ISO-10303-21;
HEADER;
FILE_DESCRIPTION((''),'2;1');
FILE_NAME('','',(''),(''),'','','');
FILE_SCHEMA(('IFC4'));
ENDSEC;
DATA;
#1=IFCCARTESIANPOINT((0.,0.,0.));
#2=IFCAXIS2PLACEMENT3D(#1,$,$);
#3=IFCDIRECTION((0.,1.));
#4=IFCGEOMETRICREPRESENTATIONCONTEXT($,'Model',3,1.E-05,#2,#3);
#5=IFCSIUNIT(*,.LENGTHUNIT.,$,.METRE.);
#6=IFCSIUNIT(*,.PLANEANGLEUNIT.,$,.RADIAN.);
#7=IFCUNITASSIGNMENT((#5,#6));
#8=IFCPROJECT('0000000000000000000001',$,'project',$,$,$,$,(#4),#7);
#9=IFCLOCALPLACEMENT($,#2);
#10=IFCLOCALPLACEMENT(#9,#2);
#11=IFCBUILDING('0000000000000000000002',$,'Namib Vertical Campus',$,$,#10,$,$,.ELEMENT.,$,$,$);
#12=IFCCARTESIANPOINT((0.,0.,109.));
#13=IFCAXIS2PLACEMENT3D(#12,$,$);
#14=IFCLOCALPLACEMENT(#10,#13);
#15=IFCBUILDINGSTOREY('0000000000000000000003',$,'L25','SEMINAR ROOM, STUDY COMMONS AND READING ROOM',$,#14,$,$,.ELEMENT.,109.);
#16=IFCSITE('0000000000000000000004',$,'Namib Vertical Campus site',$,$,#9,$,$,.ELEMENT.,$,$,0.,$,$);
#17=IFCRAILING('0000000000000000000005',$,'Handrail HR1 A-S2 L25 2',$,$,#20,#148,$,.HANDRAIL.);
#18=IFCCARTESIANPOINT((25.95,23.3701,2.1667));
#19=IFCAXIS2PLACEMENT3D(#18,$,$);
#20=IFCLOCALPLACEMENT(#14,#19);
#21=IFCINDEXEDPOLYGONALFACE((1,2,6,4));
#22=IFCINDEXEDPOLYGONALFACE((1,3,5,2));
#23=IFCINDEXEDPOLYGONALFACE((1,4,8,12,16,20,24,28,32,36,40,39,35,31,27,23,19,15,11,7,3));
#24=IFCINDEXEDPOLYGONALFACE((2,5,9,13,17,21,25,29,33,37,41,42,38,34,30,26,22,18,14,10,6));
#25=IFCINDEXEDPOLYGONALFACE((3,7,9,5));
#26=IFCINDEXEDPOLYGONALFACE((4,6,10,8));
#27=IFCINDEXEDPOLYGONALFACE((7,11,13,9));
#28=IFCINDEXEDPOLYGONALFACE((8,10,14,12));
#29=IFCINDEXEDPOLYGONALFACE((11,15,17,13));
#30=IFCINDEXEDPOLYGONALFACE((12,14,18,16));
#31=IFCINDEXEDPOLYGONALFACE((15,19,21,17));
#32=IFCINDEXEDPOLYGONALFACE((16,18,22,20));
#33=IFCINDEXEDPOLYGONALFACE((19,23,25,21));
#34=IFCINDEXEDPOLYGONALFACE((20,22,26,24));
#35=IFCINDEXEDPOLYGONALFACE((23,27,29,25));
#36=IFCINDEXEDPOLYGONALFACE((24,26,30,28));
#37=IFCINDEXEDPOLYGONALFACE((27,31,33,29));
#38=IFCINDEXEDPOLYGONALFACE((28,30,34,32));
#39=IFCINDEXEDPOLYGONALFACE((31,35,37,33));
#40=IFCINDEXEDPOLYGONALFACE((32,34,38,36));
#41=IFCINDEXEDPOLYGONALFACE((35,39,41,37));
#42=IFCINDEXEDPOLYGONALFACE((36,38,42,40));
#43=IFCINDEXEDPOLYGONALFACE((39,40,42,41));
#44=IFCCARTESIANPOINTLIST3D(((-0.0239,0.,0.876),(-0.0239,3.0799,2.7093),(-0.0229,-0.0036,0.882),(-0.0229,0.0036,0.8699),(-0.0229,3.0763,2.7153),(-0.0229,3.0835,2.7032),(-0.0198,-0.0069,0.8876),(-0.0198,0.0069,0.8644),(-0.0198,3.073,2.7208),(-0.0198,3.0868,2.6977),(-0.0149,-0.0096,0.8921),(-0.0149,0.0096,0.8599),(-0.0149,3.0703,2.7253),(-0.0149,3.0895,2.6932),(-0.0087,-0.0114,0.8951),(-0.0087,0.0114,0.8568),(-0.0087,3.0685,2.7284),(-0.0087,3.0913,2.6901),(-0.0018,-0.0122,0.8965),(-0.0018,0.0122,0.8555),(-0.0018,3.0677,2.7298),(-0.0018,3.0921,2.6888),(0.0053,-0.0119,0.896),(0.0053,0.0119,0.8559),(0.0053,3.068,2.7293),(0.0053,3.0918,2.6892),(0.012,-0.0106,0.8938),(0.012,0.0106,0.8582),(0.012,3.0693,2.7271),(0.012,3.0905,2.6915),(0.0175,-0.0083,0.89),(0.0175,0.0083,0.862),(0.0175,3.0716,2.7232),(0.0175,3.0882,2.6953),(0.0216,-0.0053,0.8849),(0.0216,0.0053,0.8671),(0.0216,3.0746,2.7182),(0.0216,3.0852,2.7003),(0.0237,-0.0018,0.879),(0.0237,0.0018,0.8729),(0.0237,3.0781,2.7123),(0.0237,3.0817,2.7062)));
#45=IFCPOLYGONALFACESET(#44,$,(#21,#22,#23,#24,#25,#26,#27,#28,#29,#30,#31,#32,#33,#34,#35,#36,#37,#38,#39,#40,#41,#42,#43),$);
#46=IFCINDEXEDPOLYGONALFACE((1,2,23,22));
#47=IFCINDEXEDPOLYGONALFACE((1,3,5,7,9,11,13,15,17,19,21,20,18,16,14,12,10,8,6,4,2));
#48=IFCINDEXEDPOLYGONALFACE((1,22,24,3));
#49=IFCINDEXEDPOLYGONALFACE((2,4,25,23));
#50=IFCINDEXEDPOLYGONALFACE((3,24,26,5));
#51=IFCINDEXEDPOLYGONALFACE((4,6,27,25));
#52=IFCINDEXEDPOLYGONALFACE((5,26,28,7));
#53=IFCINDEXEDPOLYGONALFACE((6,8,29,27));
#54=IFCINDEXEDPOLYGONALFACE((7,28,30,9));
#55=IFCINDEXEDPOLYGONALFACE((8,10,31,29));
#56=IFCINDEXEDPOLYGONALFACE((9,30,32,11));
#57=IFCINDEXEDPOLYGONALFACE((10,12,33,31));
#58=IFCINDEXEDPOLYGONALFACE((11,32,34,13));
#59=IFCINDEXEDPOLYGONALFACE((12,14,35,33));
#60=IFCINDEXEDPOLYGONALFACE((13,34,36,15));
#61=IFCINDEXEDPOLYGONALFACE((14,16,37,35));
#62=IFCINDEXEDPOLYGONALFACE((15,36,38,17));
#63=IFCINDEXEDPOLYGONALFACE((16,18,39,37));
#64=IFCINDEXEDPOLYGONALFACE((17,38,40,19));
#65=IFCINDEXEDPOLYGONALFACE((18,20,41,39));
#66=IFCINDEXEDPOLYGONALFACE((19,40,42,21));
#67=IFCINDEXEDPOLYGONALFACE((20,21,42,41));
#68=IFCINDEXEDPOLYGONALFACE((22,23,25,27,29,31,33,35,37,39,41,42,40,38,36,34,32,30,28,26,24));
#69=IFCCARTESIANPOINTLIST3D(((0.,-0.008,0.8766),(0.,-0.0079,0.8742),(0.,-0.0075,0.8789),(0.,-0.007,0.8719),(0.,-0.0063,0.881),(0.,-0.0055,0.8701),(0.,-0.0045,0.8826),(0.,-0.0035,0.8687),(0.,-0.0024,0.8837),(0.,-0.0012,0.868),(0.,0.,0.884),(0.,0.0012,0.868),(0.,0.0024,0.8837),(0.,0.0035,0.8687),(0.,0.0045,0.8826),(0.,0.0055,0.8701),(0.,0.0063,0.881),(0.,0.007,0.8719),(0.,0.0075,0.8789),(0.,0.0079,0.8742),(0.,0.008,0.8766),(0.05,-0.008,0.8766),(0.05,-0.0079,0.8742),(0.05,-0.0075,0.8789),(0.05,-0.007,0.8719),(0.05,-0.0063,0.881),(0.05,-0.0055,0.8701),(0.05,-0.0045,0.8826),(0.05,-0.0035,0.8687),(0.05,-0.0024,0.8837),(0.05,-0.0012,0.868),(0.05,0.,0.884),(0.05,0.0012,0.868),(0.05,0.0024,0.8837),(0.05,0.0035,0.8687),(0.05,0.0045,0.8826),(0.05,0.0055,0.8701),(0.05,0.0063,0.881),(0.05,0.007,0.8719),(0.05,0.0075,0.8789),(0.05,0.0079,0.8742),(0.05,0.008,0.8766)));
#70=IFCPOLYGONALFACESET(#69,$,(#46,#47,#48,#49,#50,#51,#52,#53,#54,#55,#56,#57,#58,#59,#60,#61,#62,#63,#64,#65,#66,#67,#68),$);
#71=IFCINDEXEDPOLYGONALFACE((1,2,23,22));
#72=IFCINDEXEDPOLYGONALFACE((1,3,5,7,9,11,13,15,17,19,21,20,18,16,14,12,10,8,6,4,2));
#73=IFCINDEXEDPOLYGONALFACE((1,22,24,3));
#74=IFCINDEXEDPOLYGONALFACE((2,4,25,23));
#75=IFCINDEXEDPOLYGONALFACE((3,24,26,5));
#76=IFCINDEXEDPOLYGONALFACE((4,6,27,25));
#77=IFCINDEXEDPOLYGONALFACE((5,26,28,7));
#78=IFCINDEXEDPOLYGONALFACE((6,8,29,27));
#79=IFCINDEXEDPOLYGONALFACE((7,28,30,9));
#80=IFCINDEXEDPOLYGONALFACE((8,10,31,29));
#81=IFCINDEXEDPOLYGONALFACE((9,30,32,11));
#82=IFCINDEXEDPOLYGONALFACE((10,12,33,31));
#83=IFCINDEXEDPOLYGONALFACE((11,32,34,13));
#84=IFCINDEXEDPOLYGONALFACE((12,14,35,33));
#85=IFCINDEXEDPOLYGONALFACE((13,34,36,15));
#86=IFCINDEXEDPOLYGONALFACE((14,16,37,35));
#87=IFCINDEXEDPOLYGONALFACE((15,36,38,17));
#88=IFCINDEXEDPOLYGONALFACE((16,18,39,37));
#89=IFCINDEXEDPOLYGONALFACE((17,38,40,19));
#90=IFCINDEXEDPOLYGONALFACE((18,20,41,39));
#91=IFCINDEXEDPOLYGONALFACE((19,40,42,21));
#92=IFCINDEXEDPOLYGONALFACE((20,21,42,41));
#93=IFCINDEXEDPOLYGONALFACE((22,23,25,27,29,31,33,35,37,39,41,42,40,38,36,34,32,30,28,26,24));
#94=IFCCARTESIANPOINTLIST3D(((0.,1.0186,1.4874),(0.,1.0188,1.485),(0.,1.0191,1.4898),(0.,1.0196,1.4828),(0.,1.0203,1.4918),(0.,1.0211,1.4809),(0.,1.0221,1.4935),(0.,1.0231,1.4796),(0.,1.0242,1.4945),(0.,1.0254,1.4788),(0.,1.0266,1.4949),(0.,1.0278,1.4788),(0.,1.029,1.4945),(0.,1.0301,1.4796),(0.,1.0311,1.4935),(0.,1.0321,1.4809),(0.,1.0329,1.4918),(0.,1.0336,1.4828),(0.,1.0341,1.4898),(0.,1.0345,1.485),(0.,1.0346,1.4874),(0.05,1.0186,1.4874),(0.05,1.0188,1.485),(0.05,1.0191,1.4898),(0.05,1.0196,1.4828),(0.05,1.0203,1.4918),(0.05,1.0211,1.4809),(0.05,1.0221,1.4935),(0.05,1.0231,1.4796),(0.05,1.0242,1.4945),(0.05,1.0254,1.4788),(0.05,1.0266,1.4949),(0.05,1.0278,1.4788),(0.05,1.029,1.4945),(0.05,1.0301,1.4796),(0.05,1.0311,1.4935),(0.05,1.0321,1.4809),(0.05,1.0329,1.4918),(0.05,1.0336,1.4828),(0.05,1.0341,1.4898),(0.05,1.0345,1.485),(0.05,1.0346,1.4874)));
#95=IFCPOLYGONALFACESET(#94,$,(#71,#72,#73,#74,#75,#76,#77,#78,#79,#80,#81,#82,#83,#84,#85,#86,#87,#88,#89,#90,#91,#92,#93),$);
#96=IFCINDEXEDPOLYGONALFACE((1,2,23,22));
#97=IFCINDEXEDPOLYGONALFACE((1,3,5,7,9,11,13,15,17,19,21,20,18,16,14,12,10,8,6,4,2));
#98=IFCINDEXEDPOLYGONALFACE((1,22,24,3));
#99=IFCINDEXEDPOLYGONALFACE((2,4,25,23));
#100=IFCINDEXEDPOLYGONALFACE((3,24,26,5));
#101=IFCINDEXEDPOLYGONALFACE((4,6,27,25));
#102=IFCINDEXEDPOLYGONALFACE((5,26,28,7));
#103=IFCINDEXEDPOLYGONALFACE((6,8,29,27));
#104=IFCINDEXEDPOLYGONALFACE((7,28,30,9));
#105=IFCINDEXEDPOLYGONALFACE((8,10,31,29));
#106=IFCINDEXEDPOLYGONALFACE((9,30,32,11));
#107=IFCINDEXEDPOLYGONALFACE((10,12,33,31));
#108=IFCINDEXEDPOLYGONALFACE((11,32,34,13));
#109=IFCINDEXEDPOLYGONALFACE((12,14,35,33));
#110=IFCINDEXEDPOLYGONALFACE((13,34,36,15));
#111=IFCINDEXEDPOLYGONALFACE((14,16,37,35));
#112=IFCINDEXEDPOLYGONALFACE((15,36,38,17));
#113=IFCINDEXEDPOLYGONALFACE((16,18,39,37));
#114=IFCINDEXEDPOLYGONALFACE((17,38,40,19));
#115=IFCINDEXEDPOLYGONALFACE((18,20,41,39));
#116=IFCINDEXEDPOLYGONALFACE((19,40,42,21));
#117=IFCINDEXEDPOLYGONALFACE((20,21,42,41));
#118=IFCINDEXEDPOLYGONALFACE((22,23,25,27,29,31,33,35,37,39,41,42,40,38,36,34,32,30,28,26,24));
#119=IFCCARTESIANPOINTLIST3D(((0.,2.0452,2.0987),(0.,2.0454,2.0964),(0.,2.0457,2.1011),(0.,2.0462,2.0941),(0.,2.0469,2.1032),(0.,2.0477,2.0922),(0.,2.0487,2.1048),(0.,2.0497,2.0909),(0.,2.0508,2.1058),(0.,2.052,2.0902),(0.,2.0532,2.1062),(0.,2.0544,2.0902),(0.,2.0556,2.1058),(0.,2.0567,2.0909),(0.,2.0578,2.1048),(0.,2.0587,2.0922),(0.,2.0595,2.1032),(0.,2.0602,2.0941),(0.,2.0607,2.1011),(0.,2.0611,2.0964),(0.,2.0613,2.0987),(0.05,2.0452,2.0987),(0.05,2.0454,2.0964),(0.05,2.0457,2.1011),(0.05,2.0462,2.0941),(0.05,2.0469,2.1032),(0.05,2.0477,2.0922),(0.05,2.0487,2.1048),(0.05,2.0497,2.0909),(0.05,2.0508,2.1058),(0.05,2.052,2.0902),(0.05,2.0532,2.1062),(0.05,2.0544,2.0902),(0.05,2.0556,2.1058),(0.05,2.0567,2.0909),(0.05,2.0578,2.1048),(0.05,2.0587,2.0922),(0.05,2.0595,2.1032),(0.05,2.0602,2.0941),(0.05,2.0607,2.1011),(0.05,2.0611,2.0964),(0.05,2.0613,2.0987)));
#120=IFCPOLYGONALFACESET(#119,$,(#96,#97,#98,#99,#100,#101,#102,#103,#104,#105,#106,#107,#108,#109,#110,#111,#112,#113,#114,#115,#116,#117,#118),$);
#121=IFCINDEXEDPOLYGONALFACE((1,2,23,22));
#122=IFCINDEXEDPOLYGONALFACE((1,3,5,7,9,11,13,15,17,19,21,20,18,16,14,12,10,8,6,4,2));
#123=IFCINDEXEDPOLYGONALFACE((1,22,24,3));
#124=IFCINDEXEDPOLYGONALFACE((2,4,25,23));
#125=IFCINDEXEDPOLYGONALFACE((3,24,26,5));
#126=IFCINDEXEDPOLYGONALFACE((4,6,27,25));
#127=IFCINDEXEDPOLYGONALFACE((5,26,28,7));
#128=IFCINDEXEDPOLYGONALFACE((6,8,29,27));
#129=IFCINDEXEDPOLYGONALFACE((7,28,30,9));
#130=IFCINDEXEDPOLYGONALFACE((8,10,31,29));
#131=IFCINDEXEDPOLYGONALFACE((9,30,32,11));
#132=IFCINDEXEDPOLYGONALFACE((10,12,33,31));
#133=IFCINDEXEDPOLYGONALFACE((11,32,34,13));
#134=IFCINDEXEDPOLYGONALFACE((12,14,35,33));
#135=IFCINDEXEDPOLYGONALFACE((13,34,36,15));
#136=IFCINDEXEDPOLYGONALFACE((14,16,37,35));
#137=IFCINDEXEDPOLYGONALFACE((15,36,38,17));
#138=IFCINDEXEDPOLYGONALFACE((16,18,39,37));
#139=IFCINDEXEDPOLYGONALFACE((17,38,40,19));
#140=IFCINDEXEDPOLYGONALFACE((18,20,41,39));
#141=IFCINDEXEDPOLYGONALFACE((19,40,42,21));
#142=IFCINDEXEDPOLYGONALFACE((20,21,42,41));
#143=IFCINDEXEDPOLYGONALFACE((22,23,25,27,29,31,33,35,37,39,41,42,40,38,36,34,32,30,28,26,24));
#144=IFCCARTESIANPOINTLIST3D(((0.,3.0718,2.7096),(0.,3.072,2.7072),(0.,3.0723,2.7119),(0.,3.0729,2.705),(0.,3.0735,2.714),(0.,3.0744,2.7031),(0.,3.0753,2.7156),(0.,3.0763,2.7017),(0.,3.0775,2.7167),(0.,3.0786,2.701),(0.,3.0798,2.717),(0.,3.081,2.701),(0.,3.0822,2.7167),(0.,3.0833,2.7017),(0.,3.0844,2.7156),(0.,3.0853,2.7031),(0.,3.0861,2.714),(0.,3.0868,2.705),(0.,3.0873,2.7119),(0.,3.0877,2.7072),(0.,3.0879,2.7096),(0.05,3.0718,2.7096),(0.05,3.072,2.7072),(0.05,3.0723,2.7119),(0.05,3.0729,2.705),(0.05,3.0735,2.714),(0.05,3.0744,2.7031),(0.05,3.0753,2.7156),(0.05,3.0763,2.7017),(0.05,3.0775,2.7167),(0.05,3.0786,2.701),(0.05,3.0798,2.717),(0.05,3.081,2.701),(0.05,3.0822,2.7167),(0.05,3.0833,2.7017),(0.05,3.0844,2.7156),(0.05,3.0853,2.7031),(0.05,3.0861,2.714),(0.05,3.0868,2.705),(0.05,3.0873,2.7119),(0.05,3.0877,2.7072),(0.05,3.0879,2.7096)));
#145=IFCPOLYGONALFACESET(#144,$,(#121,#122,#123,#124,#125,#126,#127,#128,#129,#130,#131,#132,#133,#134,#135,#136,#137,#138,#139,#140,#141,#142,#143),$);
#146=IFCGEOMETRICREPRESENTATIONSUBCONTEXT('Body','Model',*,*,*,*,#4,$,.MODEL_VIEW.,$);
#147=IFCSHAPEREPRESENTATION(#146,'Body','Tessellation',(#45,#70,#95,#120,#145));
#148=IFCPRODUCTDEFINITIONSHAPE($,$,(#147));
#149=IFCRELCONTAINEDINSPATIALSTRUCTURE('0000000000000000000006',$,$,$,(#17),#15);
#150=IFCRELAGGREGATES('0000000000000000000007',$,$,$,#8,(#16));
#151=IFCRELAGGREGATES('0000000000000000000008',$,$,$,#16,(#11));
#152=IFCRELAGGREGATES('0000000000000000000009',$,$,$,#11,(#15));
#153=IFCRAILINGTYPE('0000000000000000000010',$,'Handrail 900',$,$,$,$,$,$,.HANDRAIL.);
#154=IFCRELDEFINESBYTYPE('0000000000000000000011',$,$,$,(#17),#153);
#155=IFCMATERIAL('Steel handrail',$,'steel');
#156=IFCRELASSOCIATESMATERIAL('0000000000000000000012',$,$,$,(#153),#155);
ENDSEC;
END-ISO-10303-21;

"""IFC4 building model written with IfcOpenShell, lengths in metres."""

from ifc_helpers import new_model, si_unit, direction, frame, origin, origin_2d, place, context, subcontext, project, spatial, circle, extrude, material, type_object, element, save


model = new_model("IFC4")

# Units and contexts
model_context = context("Model", 3, precision=1e-05, world=origin(), true_north=direction((0.0, 1.0)))
body_context = subcontext(model_context, "Body", "Model", "MODEL_VIEW")
ifc_project = project(units=[si_unit("LENGTHUNIT", "METRE"), si_unit("PLANEANGLEUNIT", "RADIAN")], contexts=[model_context])

# Site, building, storey
site_placement = place(None, origin())
site = spatial("IfcSite", under=ifc_project, at=site_placement, Name="Namib Vertical Campus site", CompositionType="ELEMENT", RefElevation=0.0)
building_placement = place(site_placement, origin())
building = spatial("IfcBuilding", under=site, at=building_placement, Name="Namib Vertical Campus", CompositionType="ELEMENT")
storey_placement = place(building_placement, frame((0.0, 0.0, 109.0)))
storey = spatial("IfcBuildingStorey", under=building, at=storey_placement, Name="L25", Description="SEMINAR ROOM, STUDY COMMONS AND READING ROOM", CompositionType="ELEMENT", Elevation=109.0)

# Railing
ifc_material_1 = material(Name="Steel handrail", Category="steel")
railing_type_1 = type_object("IfcRailingType", Name="Handrail 900", PredefinedType="HANDRAIL", material=ifc_material_1)
railing_1_placement = place(storey_placement, frame((25.95, 23.3701, 2.1667)))
element("IfcRailing", 1, at=railing_1_placement, inside=storey, type_object=railing_type_1, Name="Handrail HR1 A-S2 L25 2", PredefinedType="HANDRAIL", context=body_context, shape_type="SweptSolid", body=[
    extrude(circle(Radius=0.0239, at=origin_2d()), frame((0.0, 0.0, 0.876), z_axis=(0.0, 0.859291, 0.511487), x_axis=(-1.0, 0.0, 0.0)), (0.0, 0.0, 1.0), 3.5842),
    extrude(circle(Radius=0.0081, at=origin_2d()), frame((0.0, 0.0, 0.876), z_axis=(1.0, 0.0, 0.0), x_axis=(0.0, 0.0, 1.0)), (0.0, 0.0, 1.0), 0.05),
    extrude(circle(Radius=0.0081, at=origin_2d()), frame((0.0, 1.0266, 1.4868), z_axis=(1.0, 0.0, 0.0), x_axis=(0.0, 0.0, 1.0)), (0.0, 0.0, 1.0), 0.05),
    extrude(circle(Radius=0.0081, at=origin_2d()), frame((0.0, 2.0532, 2.0981), z_axis=(1.0, 0.0, 0.0), x_axis=(0.0, 0.0, 1.0)), (0.0, 0.0, 1.0), 0.05),
    extrude(circle(Radius=0.0081, at=origin_2d()), frame((0.0, 3.0798, 2.709), z_axis=(1.0, 0.0, 0.0), x_axis=(0.0, 0.0, 1.0)), (0.0, 0.0, 1.0), 0.05),
])

save(model, "model.ifc")
